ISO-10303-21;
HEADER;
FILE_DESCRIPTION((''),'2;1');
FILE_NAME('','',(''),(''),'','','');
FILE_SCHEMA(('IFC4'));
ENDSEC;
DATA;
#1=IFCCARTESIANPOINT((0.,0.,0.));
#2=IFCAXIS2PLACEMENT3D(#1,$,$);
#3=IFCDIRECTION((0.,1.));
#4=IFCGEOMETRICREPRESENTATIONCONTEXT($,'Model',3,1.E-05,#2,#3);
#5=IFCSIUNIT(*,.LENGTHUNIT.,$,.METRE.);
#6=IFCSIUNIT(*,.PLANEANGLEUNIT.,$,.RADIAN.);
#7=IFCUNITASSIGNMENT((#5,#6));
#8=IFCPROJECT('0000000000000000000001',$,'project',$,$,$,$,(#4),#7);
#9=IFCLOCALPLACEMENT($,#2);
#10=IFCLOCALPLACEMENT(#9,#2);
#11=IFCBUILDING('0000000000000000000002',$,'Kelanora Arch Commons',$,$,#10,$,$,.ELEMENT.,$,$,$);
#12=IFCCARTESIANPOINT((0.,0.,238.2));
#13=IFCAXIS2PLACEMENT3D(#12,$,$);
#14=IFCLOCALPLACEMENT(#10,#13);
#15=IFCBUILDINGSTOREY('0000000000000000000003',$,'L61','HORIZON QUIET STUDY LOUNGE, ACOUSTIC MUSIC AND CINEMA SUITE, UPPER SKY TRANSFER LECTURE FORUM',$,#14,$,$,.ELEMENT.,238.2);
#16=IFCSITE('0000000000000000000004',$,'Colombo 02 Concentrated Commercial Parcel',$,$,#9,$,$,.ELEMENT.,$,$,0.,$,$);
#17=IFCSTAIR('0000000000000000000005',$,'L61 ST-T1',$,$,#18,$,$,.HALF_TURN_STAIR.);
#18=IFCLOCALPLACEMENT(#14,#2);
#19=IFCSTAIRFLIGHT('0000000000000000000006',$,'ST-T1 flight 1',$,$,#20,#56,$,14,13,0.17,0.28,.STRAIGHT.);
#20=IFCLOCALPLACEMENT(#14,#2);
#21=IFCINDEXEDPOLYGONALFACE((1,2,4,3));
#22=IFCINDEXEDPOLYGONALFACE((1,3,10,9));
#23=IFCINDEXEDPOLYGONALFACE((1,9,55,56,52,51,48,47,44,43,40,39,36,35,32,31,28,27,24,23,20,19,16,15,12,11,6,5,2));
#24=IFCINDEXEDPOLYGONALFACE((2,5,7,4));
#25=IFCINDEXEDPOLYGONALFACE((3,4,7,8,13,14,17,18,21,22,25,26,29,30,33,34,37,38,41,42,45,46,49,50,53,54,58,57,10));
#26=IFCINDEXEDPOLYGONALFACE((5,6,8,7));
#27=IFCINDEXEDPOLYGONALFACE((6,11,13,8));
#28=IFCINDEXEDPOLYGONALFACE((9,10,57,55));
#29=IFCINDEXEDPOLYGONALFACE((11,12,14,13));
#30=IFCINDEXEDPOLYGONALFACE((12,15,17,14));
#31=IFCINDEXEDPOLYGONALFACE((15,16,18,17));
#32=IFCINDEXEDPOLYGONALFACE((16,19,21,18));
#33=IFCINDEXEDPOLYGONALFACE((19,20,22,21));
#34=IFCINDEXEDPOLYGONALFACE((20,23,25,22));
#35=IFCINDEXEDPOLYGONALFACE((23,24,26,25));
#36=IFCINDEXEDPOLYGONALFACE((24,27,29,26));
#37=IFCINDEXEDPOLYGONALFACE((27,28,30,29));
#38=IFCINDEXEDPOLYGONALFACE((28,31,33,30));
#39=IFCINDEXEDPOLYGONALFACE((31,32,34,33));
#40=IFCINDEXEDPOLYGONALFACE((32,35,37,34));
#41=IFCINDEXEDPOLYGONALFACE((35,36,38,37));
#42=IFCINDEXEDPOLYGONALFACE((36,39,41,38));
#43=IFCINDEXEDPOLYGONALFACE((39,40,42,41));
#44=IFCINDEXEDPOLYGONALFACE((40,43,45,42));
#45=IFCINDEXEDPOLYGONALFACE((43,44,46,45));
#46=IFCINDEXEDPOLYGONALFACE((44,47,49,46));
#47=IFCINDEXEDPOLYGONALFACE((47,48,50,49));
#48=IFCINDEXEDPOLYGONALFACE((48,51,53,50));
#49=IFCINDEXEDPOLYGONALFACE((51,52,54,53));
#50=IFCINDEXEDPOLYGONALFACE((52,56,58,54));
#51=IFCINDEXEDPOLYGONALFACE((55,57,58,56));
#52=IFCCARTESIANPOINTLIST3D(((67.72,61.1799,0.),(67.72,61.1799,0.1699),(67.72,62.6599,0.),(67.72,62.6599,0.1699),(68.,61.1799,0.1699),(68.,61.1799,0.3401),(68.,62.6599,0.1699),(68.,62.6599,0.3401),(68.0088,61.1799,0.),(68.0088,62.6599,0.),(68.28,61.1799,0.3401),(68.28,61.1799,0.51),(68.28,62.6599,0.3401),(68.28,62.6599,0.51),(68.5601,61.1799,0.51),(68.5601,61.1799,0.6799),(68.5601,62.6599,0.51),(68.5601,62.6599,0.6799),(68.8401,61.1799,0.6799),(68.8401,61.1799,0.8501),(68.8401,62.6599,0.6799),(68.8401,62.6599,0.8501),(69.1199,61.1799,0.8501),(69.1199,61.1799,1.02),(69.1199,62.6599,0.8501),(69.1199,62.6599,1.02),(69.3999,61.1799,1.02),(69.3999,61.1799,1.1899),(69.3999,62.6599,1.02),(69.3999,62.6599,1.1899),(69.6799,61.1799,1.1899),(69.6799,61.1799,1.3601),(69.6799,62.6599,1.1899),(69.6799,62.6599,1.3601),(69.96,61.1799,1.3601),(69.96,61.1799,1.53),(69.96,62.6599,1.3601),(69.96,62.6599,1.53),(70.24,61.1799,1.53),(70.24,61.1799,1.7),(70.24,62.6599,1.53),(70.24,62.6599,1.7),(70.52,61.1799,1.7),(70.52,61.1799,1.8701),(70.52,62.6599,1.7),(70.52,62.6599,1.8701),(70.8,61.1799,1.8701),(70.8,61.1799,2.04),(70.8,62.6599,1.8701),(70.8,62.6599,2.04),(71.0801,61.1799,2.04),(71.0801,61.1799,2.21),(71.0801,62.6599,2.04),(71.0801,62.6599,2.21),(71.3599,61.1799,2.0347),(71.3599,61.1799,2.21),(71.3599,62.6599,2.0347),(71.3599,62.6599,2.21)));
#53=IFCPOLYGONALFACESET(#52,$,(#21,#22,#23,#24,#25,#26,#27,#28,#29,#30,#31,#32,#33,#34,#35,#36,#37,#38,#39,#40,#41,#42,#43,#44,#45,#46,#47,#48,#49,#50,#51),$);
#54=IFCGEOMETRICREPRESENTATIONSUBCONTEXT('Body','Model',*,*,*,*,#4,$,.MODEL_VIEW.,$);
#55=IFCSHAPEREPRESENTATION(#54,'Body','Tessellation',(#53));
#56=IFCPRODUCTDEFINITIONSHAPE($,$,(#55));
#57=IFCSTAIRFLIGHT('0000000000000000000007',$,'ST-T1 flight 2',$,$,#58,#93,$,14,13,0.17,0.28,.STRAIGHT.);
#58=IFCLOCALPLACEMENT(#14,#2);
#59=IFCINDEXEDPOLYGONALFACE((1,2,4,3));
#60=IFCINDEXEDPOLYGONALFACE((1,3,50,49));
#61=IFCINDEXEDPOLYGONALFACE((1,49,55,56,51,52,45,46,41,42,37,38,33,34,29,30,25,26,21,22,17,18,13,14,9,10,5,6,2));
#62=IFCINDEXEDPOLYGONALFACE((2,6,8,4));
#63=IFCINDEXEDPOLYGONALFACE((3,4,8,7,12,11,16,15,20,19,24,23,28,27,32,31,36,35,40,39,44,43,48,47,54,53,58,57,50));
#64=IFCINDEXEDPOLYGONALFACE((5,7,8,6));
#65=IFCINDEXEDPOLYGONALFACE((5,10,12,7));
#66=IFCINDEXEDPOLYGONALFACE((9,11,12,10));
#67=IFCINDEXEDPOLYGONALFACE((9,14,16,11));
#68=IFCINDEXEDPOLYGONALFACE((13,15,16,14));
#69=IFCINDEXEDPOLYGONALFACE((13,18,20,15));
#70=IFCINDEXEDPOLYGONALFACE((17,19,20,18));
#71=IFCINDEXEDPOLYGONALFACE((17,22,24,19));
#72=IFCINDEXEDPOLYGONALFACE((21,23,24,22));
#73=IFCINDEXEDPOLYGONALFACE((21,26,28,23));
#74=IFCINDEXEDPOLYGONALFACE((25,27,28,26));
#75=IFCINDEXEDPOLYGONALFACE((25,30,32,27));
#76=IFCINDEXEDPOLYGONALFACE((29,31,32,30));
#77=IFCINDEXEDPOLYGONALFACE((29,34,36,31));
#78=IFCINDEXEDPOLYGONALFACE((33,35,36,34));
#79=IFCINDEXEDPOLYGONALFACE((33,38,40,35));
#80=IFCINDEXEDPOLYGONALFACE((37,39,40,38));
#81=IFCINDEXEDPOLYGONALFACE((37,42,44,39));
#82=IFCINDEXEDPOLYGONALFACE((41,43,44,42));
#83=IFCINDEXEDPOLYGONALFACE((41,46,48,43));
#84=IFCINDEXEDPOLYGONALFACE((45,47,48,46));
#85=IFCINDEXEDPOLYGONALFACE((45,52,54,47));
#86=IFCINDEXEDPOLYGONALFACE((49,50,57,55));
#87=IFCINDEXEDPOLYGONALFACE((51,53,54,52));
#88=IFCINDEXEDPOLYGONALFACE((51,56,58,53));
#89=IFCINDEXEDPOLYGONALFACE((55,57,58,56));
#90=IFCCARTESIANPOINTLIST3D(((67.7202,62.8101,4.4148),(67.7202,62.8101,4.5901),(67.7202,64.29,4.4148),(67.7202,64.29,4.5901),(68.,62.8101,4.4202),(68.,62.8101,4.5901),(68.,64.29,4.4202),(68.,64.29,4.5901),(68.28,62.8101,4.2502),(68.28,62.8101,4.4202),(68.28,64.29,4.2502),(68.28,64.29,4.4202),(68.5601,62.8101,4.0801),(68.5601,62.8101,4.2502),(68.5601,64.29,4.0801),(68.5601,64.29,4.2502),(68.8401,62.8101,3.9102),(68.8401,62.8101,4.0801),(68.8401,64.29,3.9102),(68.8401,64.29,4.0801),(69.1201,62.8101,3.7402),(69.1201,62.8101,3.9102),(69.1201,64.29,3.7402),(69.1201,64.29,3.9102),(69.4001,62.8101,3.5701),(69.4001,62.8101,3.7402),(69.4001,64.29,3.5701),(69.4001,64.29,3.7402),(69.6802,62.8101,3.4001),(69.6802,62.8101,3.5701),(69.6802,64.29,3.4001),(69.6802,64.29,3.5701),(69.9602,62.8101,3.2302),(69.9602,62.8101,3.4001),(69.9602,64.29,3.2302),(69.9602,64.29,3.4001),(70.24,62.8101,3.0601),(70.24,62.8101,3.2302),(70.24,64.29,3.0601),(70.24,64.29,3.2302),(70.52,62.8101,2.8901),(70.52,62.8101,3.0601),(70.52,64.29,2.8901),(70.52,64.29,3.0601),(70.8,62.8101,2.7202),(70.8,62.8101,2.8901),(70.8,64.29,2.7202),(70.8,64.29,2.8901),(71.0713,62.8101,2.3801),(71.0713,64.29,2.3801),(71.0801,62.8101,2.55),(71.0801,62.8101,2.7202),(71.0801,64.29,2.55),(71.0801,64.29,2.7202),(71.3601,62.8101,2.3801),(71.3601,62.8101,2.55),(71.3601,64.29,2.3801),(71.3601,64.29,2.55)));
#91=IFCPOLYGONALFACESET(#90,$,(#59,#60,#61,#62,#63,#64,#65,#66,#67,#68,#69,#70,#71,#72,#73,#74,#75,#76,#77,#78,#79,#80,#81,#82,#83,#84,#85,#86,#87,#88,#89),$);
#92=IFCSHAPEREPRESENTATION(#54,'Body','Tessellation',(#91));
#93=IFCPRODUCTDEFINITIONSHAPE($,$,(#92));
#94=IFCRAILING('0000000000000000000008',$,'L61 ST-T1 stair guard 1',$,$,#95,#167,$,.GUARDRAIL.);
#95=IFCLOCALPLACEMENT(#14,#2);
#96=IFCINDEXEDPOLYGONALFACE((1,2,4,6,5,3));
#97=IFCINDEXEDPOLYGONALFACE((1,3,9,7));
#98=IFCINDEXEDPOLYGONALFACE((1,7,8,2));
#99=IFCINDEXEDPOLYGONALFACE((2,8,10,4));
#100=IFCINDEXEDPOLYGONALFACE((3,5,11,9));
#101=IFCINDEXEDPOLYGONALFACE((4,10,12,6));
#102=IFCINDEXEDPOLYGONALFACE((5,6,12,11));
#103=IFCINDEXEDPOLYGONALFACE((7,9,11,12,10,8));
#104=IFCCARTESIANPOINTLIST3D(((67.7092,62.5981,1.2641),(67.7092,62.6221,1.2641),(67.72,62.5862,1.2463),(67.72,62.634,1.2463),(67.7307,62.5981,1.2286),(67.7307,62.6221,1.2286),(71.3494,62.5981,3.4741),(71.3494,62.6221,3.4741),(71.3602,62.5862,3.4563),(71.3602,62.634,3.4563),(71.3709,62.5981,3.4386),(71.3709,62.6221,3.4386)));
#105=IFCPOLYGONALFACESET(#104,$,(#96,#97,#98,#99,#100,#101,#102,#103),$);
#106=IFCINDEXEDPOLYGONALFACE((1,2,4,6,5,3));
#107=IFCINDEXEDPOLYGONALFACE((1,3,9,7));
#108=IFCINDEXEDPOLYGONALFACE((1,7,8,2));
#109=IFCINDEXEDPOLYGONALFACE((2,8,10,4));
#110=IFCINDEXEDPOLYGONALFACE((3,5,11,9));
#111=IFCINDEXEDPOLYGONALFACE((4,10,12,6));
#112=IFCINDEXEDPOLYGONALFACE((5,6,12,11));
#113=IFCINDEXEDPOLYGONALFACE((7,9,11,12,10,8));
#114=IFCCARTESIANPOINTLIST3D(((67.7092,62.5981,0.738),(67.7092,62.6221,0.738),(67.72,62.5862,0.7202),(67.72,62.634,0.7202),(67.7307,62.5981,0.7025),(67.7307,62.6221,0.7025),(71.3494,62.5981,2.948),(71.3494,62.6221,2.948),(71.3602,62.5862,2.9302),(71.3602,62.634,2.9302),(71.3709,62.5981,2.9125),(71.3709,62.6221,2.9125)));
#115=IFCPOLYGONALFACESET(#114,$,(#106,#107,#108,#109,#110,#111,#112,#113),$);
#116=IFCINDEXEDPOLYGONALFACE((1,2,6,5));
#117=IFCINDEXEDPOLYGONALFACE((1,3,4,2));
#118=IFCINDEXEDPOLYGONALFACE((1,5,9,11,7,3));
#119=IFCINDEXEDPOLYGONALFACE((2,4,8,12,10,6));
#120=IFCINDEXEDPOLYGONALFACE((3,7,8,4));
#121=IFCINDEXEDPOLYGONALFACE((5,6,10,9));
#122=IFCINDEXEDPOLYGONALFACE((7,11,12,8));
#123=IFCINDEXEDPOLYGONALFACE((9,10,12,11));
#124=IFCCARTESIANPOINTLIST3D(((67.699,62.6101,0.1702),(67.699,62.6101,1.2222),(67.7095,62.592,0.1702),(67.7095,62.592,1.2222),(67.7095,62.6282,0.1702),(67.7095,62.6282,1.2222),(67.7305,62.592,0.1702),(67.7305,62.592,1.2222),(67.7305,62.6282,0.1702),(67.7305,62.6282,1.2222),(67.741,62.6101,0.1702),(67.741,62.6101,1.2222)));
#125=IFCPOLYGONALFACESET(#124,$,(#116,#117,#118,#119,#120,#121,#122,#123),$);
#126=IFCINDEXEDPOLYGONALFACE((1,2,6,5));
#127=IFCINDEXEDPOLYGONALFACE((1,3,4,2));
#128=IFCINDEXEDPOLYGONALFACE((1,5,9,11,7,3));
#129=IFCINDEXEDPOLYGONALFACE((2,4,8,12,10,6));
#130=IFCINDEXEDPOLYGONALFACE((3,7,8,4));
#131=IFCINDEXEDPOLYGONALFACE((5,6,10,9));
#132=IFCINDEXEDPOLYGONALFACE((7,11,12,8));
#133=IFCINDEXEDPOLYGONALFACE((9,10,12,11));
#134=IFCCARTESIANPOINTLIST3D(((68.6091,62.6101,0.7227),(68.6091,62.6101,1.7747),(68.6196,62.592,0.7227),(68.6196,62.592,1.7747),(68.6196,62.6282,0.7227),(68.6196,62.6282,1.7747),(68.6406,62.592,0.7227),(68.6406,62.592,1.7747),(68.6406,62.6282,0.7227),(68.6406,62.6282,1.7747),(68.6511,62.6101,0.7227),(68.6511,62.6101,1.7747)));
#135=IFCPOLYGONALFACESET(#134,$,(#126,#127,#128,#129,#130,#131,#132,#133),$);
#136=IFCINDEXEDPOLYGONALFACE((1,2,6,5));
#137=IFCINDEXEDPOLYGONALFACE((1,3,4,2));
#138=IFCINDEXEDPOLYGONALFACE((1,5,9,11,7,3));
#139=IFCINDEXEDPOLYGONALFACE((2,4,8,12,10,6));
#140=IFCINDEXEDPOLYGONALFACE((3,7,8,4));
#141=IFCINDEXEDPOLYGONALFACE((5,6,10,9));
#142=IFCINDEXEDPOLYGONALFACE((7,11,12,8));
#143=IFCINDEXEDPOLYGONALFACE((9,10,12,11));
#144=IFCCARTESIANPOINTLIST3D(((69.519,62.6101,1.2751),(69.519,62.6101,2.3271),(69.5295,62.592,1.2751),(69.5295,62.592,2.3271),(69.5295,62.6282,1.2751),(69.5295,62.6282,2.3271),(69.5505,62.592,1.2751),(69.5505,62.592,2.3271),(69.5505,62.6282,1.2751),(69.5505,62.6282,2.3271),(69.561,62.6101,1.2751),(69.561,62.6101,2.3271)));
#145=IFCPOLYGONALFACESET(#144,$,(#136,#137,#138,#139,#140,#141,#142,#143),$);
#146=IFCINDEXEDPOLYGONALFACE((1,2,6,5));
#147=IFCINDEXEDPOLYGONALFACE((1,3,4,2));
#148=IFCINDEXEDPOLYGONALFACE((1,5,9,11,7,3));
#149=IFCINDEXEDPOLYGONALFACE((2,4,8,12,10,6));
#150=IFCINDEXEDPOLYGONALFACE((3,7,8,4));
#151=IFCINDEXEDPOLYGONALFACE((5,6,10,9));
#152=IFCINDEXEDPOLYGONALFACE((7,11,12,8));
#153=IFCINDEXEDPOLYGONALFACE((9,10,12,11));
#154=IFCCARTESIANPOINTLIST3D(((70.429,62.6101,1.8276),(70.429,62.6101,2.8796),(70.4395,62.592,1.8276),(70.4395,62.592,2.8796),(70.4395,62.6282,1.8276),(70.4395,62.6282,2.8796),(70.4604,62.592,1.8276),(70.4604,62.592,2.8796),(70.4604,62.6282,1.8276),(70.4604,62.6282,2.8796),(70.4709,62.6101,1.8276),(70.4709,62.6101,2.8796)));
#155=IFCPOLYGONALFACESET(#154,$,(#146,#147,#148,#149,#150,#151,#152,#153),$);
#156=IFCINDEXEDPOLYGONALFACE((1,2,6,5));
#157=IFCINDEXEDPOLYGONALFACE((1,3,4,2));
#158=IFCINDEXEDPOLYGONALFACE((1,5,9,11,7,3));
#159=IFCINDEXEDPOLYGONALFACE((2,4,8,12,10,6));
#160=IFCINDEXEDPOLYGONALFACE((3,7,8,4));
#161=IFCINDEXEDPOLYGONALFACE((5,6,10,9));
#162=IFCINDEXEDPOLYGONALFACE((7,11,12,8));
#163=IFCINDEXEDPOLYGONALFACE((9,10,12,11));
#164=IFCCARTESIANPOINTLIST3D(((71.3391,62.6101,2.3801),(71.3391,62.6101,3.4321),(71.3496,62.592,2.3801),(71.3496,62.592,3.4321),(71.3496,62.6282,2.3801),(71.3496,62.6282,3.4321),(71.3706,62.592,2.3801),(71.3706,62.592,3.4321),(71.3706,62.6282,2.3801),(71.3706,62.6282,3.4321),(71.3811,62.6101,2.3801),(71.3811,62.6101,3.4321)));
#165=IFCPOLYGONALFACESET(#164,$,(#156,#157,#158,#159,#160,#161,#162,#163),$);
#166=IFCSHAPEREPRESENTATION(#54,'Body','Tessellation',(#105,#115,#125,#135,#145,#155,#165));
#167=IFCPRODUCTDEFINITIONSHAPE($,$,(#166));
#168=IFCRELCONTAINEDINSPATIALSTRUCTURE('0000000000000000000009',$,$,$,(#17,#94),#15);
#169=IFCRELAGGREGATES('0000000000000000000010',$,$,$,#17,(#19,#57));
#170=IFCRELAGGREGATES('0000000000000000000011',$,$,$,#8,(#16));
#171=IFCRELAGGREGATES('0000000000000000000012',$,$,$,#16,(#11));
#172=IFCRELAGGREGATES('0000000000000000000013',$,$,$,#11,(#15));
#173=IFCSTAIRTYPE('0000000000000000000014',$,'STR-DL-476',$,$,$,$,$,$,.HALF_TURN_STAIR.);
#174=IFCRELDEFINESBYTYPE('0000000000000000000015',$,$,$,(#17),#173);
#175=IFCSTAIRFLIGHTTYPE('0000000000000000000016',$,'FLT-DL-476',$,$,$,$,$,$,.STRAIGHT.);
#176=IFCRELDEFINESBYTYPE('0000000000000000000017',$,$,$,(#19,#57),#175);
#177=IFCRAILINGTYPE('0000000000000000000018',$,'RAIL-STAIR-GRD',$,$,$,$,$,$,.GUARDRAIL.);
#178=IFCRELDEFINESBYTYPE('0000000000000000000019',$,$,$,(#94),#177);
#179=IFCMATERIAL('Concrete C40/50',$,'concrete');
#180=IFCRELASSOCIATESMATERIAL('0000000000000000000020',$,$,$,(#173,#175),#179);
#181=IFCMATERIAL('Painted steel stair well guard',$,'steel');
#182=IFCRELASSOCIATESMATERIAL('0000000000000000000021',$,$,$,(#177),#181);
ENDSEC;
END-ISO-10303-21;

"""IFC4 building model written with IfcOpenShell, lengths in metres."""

from ifc_helpers import new_model, si_unit, direction, frame, origin, place, context, subcontext, project, spatial, polyline, outline, extrude, material, type_object, element, aggregate, save


model = new_model("IFC4")

# Units and contexts
model_context = context("Model", 3, precision=1e-05, world=origin(), true_north=direction((0.0, 1.0)))
body_context = subcontext(model_context, "Body", "Model", "MODEL_VIEW")
ifc_project = project(units=[si_unit("LENGTHUNIT", "METRE"), si_unit("PLANEANGLEUNIT", "RADIAN")], contexts=[model_context])

# Site, building, storey
site_placement = place(None, origin())
site = spatial("IfcSite", under=ifc_project, at=site_placement, Name="Colombo 02 Concentrated Commercial Parcel", CompositionType="ELEMENT", RefElevation=0.0)
building_placement = place(site_placement, origin())
building = spatial("IfcBuilding", under=site, at=building_placement, Name="Kelanora Arch Commons", CompositionType="ELEMENT")
storey_placement = place(building_placement, frame((0.0, 0.0, 238.2)))
storey = spatial("IfcBuildingStorey", under=building, at=storey_placement, Name="L61", Description="HORIZON QUIET STUDY LOUNGE, ACOUSTIC MUSIC AND CINEMA SUITE, UPPER SKY TRANSFER LECTURE FORUM", CompositionType="ELEMENT", Elevation=238.2)

# Shared definitions
ifc_material_1 = material(Name="Concrete C40/50", Category="concrete")

# Stair, stair flights
stair_type = type_object("IfcStairType", Name="STR-DL-476", PredefinedType="HALF_TURN_STAIR", material=ifc_material_1)
stair_placement = place(storey_placement, origin())
stair = element("IfcStair", 1, at=stair_placement, inside=storey, type_object=stair_type, Name="L61 ST-T1", PredefinedType="HALF_TURN_STAIR")
stair_flight_type = type_object("IfcStairFlightType", Name="FLT-DL-476", PredefinedType="STRAIGHT", material=ifc_material_1)
stair_flight_1_placement = place(storey_placement, frame((67.72, 61.9199, 0.0), z_axis=(0.0, 0.0, 1.0), x_axis=(1.0, 0.0, 0.0)))
stair_flight_1 = element("IfcStairFlight", 2, at=stair_flight_1_placement, type_object=stair_flight_type, Name="ST-T1 flight 1", NumberOfRisers=14, NumberOfTreads=13, PredefinedType="STRAIGHT", RiserHeight=0.17, TreadLength=0.28, context=body_context, shape_type="SweptSolid", body=[
    extrude(outline(polyline([(0.0, 0.0), (0.0, 0.1699), (0.28, 0.1699), (0.28, 0.3401), (0.5601, 0.3401), (0.5601, 0.51), (0.8401, 0.51), (0.8401, 0.6799), (1.1201, 0.6799), (1.1201, 0.8501), (1.3999, 0.8501), (1.3999, 1.02), (1.6799, 1.02), (1.6799, 1.1899), (1.96, 1.1899), (1.96, 1.3601), (2.24, 1.3601), (2.24, 1.53), (2.52, 1.53), (2.52, 1.7), (2.8, 1.7), (2.8, 1.8701), (3.0801, 1.8701), (3.0801, 2.04), (3.3601, 2.04), (3.3601, 2.21), (3.6399, 2.21), (3.6399, 2.3799), (3.6399, 2.0347), (0.2888, 0.0), (0.0, 0.0)])), frame((0.0, 0.74, 0.0), z_axis=(0.0, -1.0, 0.0), x_axis=(1.0, 0.0, 0.0)), (0.0, 0.0, 1.0), 1.48),
])
stair_flight_2_placement = place(storey_placement, frame((71.3601, 63.55, 2.3801), z_axis=(0.0, 0.0, 1.0), x_axis=(-1.0, 0.0, 0.0)))
stair_flight_2 = element("IfcStairFlight", 3, at=stair_flight_2_placement, type_object=stair_flight_type, Name="ST-T1 flight 2", NumberOfRisers=14, NumberOfTreads=13, PredefinedType="STRAIGHT", RiserHeight=0.17, TreadLength=0.28, context=body_context, shape_type="SweptSolid", body=[
    extrude(outline(polyline([(0.0, 0.0), (0.0, 0.1699), (0.28, 0.1699), (0.28, 0.3401), (0.5601, 0.3401), (0.5601, 0.51), (0.8401, 0.51), (0.8401, 0.6799), (1.1201, 0.6799), (1.1201, 0.8501), (1.3999, 0.8501), (1.3999, 1.02), (1.6799, 1.02), (1.6799, 1.1899), (1.96, 1.1899), (1.96, 1.3601), (2.24, 1.3601), (2.24, 1.53), (2.52, 1.53), (2.52, 1.7), (2.8, 1.7), (2.8, 1.8701), (3.0801, 1.8701), (3.0801, 2.04), (3.3601, 2.04), (3.3601, 2.21), (3.6399, 2.21), (3.6399, 2.3799), (3.6399, 2.0347), (0.2888, 0.0), (0.0, 0.0)])), frame((0.0, 0.74, 0.0), z_axis=(0.0, -1.0, 0.0), x_axis=(1.0, 0.0, 0.0)), (0.0, 0.0, 1.0), 1.48),
])
aggregate(stair, [stair_flight_1, stair_flight_2])

# Railing
ifc_material_2 = material(Name="Painted steel stair well guard", Category="steel")
railing_type_1 = type_object("IfcRailingType", Name="RAIL-STAIR-GRD", PredefinedType="GUARDRAIL", material=ifc_material_2)
railing_1_placement = place(storey_placement, frame((67.72, 62.6101, 0.1702)))
element("IfcRailing", 4, at=railing_1_placement, inside=storey, type_object=railing_type_1, Name="L61 ST-T1 stair guard 1", PredefinedType="GUARDRAIL", context=body_context, shape_type="SweptSolid", body=[
    extrude(outline(polyline([(0.0239, 0.0), (0.012, 0.0208), (-0.012, 0.0208), (-0.0239, 0.0), (-0.012, -0.0208), (0.012, -0.0208), (0.0239, 0.0)])), frame((0.0, 0.0, 1.0762), z_axis=(0.8548, 0.0, 0.518957), x_axis=(0.0, 1.0, 0.0)), (0.0, 0.0, 1.0), 4.2585),
    extrude(outline(polyline([(0.0239, 0.0), (0.012, 0.0208), (-0.012, 0.0208), (-0.0239, 0.0), (-0.012, -0.0208), (0.012, -0.0208), (0.0239, 0.0)])), frame((0.0, 0.0, 0.55), z_axis=(0.8548, 0.0, 0.518957), x_axis=(0.0, 1.0, 0.0)), (0.0, 0.0, 1.0), 4.2585),
    extrude(outline(polyline([(0.021, 0.0), (0.0105, 0.0181), (-0.0105, 0.0181), (-0.021, 0.0), (-0.0105, -0.0181), (0.0105, -0.0181), (0.021, 0.0)])), origin(), (0.0, 0.0, 1.0), 1.052),
    extrude(outline(polyline([(0.021, 0.0), (0.0105, 0.0181), (-0.0105, 0.0181), (-0.021, 0.0), (-0.0105, -0.0181), (0.0105, -0.0181), (0.021, 0.0)])), frame((0.9102, 0.0, 0.5525)), (0.0, 0.0, 1.0), 1.052),
    extrude(outline(polyline([(0.021, 0.0), (0.0105, 0.0181), (-0.0105, 0.0181), (-0.021, 0.0), (-0.0105, -0.0181), (0.0105, -0.0181), (0.021, 0.0)])), frame((1.8201, 0.0, 1.105)), (0.0, 0.0, 1.0), 1.052),
    extrude(outline(polyline([(0.021, 0.0), (0.0105, 0.0181), (-0.0105, 0.0181), (-0.021, 0.0), (-0.0105, -0.0181), (0.0105, -0.0181), (0.021, 0.0)])), frame((2.73, 0.0, 1.6575)), (0.0, 0.0, 1.0), 1.052),
    extrude(outline(polyline([(0.021, 0.0), (0.0105, 0.0181), (-0.0105, 0.0181), (-0.021, 0.0), (-0.0105, -0.0181), (0.0105, -0.0181), (0.021, 0.0)])), frame((3.6401, 0.0, 2.21)), (0.0, 0.0, 1.0), 1.052),
])

save(model, "model.ifc")
